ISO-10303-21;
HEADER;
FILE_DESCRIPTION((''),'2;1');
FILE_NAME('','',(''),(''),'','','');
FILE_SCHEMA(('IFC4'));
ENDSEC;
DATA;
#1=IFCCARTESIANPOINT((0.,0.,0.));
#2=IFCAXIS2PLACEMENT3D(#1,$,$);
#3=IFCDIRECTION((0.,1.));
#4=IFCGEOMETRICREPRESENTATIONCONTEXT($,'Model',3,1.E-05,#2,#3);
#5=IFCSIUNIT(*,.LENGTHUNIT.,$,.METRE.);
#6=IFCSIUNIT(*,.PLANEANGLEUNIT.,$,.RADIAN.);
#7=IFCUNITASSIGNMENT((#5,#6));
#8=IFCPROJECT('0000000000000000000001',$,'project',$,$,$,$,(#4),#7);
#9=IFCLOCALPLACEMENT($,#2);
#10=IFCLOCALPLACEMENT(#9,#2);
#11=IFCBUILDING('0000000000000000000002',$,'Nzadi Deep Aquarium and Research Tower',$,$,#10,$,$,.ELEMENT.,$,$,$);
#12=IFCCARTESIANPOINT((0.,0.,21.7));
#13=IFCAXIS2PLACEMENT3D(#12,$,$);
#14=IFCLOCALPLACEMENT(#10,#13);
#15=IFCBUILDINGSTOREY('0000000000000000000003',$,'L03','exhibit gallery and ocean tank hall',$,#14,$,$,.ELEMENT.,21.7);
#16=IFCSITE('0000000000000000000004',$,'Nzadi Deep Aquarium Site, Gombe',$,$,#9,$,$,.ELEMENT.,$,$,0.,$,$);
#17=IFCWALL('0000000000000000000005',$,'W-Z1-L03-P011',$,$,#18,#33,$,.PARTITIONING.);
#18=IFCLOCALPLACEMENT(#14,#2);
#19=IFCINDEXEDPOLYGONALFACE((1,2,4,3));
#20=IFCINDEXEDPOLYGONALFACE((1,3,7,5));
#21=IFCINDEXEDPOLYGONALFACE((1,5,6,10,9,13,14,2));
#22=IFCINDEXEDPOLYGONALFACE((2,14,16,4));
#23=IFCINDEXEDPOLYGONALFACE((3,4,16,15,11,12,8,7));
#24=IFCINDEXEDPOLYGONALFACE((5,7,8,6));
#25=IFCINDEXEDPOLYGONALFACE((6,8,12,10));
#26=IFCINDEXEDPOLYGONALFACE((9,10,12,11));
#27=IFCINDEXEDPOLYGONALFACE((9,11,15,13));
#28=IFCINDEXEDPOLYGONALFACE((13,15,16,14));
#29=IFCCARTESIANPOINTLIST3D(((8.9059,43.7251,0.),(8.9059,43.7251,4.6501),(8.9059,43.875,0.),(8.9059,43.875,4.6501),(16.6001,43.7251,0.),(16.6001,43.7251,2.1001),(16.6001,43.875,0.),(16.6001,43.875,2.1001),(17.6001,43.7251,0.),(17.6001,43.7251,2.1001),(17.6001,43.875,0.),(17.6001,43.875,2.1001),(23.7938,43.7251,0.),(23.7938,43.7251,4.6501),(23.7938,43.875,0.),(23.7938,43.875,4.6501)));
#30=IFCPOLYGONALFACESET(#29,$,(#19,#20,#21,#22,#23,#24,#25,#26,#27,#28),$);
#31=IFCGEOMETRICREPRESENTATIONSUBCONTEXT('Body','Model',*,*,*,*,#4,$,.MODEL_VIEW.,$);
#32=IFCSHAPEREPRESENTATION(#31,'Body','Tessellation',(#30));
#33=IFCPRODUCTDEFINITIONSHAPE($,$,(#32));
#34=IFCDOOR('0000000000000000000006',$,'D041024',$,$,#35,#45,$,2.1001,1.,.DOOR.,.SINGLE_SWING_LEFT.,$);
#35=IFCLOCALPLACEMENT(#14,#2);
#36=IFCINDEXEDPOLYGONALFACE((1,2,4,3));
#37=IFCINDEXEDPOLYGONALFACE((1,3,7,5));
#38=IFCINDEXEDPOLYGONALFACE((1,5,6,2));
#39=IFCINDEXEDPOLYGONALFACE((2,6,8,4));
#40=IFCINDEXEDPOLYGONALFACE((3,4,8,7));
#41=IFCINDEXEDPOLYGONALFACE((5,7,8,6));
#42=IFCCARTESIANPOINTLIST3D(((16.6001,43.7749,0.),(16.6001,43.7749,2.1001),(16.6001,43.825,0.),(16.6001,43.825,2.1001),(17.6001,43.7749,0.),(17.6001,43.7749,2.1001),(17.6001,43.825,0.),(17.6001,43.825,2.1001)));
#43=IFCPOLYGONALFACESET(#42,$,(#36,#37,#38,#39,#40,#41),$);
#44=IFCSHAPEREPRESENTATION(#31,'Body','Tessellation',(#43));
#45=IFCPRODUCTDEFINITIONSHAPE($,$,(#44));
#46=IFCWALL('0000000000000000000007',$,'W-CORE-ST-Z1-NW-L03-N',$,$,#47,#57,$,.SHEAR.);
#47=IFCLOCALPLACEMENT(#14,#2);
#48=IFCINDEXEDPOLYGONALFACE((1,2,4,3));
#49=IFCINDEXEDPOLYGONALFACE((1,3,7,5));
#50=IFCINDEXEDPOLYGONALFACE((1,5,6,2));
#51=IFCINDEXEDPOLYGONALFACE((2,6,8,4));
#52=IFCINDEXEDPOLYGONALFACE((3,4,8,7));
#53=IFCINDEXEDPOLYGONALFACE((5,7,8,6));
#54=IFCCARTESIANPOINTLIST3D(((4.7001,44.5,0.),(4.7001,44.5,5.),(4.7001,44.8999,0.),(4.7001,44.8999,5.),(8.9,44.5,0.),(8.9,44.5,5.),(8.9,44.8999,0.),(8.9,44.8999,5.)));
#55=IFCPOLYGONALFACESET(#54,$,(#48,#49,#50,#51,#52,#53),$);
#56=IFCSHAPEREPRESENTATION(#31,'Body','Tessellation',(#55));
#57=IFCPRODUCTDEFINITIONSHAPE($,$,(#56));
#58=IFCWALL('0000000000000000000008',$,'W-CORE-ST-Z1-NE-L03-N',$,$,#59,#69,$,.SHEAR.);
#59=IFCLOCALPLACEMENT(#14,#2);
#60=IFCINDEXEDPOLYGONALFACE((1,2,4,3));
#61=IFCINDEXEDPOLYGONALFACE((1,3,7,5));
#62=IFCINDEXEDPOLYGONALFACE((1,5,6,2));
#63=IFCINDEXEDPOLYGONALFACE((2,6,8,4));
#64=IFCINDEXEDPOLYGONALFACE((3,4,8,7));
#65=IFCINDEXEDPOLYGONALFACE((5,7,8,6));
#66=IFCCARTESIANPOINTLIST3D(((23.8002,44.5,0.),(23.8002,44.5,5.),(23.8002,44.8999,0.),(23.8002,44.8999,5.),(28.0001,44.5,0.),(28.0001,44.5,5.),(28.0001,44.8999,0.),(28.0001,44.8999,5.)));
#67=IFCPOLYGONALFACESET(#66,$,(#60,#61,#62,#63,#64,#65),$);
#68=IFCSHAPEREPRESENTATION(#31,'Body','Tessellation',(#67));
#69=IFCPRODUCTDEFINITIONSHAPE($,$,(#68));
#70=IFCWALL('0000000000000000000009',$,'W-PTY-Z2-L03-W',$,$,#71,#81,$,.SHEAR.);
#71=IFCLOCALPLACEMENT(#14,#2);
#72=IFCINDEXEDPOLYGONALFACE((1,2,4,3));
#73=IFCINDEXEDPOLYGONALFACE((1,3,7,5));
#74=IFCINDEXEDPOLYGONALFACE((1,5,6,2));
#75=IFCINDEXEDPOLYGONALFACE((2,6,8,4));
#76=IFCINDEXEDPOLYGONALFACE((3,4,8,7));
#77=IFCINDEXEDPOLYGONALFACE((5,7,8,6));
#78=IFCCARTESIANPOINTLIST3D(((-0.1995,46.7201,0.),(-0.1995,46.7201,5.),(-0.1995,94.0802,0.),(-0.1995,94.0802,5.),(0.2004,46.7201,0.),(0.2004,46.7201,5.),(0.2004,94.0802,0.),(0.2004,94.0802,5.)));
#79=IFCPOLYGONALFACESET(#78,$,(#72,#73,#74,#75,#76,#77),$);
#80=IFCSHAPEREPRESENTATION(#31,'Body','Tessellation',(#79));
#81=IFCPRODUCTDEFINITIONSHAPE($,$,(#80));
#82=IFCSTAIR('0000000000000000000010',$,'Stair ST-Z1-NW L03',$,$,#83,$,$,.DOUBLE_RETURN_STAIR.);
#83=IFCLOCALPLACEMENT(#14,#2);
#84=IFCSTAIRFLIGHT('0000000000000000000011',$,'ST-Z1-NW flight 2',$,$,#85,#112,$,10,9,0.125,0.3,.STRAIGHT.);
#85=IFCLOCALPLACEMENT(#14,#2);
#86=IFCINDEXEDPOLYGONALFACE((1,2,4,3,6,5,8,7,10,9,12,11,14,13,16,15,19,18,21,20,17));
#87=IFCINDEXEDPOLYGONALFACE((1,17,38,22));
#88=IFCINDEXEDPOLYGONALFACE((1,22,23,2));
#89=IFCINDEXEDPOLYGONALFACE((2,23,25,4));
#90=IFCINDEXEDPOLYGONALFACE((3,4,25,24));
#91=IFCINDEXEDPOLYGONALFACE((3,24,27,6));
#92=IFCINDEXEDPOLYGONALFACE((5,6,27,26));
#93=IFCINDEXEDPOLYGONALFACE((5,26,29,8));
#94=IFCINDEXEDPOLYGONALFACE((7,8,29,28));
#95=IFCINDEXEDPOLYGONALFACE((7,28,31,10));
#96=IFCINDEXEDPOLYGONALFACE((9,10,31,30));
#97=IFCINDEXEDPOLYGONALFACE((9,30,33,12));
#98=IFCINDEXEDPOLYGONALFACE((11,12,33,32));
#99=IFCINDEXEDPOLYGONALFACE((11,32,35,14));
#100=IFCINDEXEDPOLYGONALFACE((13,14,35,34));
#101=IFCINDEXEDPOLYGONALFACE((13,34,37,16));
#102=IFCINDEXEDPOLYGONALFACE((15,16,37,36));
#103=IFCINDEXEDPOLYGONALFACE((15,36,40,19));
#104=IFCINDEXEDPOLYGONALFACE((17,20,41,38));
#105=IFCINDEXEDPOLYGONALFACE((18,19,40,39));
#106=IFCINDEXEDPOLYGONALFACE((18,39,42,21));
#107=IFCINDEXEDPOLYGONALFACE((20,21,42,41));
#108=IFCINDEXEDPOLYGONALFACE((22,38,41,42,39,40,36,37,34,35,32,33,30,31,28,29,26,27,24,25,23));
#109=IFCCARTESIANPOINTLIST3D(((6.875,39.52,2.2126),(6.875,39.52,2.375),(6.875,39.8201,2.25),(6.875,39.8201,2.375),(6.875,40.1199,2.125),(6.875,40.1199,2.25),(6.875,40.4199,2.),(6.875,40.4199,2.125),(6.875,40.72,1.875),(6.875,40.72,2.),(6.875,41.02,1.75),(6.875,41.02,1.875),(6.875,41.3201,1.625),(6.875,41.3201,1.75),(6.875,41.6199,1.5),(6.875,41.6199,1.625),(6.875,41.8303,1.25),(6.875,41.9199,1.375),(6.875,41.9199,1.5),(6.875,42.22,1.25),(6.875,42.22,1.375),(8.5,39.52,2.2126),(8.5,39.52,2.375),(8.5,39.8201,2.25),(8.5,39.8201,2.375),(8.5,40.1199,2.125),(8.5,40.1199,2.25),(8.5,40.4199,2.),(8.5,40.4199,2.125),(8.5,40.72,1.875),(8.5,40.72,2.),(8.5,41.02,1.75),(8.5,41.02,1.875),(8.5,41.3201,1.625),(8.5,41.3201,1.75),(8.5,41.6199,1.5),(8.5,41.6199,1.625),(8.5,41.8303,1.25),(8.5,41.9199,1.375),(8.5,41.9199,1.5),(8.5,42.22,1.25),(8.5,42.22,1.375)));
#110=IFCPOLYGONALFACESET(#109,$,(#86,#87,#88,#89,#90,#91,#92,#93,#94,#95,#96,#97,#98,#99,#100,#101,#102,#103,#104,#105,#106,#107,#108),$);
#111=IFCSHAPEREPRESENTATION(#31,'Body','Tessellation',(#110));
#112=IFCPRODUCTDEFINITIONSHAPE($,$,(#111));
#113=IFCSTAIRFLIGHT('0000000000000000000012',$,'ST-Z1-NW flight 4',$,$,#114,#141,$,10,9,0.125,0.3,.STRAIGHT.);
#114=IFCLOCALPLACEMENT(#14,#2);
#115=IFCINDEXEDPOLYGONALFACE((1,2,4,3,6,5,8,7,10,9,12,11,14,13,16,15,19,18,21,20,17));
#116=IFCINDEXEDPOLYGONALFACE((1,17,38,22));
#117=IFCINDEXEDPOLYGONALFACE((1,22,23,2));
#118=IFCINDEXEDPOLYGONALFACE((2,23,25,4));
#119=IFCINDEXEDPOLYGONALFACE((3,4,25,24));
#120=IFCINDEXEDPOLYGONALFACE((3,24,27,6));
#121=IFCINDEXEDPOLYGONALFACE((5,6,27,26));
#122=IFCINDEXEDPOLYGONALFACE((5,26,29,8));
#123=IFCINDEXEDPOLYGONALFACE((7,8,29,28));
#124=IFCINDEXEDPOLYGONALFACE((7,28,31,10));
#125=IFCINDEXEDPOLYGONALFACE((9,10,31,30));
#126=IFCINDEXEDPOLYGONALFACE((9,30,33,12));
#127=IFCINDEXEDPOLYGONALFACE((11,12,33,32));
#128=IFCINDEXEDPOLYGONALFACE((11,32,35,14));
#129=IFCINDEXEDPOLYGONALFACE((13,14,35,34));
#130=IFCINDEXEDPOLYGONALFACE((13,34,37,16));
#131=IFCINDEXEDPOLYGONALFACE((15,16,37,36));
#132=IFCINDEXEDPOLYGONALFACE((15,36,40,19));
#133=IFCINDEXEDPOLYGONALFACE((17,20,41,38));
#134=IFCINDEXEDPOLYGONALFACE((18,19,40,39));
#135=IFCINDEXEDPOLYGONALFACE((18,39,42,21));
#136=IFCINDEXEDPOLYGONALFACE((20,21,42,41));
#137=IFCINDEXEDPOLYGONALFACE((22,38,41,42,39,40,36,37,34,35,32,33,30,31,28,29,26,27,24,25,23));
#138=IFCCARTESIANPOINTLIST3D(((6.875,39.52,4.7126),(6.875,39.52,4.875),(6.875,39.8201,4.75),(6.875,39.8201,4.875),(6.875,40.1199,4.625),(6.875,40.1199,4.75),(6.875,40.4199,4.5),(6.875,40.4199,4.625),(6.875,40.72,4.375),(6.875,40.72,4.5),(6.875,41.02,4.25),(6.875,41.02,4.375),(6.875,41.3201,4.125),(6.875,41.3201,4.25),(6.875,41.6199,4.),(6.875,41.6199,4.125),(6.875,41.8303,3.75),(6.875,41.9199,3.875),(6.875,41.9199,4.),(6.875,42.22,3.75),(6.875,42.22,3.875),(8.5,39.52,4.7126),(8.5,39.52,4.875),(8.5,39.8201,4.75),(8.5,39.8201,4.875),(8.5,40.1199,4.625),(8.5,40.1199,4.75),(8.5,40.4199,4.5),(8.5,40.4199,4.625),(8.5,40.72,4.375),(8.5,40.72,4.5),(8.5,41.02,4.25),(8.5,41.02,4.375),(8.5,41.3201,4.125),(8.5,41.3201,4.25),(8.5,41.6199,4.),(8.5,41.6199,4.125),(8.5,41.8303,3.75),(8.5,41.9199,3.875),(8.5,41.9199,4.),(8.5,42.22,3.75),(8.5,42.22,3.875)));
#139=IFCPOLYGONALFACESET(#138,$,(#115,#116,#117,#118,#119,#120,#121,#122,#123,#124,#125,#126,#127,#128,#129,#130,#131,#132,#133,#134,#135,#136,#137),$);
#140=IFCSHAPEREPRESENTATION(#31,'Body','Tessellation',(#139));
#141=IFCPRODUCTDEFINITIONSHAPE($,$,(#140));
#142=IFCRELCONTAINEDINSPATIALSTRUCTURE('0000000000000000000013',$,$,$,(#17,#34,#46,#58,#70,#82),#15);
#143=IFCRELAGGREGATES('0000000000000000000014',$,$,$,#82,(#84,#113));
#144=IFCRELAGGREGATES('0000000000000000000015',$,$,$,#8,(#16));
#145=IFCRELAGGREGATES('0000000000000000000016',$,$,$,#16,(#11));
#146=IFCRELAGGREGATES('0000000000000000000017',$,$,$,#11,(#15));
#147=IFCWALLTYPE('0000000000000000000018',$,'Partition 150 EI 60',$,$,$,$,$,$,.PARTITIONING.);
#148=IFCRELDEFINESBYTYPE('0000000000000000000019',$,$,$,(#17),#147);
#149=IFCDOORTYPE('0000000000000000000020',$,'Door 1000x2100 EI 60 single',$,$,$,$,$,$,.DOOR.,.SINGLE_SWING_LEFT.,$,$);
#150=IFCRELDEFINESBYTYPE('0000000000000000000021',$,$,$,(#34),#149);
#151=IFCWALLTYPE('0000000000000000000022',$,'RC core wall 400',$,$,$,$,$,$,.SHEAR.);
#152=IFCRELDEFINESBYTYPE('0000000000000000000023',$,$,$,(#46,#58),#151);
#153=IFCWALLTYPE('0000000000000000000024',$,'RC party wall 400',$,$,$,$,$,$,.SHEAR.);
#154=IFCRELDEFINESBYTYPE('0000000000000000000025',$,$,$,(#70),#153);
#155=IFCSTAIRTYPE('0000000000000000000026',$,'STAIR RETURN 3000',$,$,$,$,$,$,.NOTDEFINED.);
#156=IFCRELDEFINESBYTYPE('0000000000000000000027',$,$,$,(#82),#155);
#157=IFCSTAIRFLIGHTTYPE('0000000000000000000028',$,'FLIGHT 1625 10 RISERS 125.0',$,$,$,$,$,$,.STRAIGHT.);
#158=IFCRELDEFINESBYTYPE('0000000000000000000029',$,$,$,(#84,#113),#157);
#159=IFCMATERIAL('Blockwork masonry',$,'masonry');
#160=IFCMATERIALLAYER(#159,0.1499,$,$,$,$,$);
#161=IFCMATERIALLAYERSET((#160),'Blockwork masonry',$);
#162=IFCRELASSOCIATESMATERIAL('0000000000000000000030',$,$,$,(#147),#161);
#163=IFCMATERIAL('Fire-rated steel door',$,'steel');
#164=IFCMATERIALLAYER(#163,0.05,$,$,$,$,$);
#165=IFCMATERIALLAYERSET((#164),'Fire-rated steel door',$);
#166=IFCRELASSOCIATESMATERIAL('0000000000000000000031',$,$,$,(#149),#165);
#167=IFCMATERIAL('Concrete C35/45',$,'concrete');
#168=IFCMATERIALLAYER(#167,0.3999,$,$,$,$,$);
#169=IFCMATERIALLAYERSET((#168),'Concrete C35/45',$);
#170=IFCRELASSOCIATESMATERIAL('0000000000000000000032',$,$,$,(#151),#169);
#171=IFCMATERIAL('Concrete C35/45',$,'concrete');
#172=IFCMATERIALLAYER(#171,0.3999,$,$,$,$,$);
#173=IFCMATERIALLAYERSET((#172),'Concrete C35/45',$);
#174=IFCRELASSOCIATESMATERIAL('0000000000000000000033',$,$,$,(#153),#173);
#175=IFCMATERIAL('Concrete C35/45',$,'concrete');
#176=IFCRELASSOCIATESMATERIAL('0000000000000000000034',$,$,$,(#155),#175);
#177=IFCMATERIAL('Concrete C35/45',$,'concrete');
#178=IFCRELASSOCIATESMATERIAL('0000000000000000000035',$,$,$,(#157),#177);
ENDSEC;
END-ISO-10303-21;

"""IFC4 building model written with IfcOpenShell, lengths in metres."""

from ifc_helpers import new_model, si_unit, direction, frame, frame_2d, origin, place, context, subcontext, project, spatial, polyline, rectangle, outline, extrude, material, layer, layer_set, type_object, element, fill, aggregate, save


model = new_model("IFC4")

# Units and contexts
model_context = context("Model", 3, precision=1e-05, world=origin(), true_north=direction((0.0, 1.0)))
body_context = subcontext(model_context, "Body", "Model", "MODEL_VIEW")
ifc_project = project(units=[si_unit("LENGTHUNIT", "METRE"), si_unit("PLANEANGLEUNIT", "RADIAN")], contexts=[model_context])

# Site, building, storey
site_placement = place(None, origin())
site = spatial("IfcSite", under=ifc_project, at=site_placement, Name="Nzadi Deep Aquarium Site, Gombe", CompositionType="ELEMENT", RefElevation=0.0)
building_placement = place(site_placement, origin())
building = spatial("IfcBuilding", under=site, at=building_placement, Name="Nzadi Deep Aquarium and Research Tower", CompositionType="ELEMENT")
storey_placement = place(building_placement, frame((0.0, 0.0, 21.7)))
storey = spatial("IfcBuildingStorey", under=building, at=storey_placement, Name="L03", Description="exhibit gallery and ocean tank hall", CompositionType="ELEMENT", Elevation=21.7)

# Wall, opening, door
ifc_material_1 = material(Name="Blockwork masonry", Category="masonry")
ifc_layer_1 = layer(ifc_material_1, 0.1499)
ifc_layer_set_1 = layer_set([ifc_layer_1], Name="Blockwork masonry")
wall_type_1 = type_object("IfcWallType", Name="Partition 150 EI 60", PredefinedType="PARTITIONING", material=ifc_layer_set_1)
wall_1_placement = place(storey_placement, frame((8.906, 43.8, 0.0), z_axis=(0.0, 0.0, 1.0), x_axis=(1.0, 0.0, 0.0)))
wall_1 = element("IfcWall", 1, at=wall_1_placement, inside=storey, type_object=wall_type_1, Name="W-Z1-L03-P011", PredefinedType="PARTITIONING", context=body_context, shape_type="SweptSolid", body=[
    extrude(rectangle(XDim=14.8879, YDim=0.1499, at=frame_2d((7.4438, 0.0))), origin(), (0.0, 0.0, 1.0), 4.6501),
])
opening_placement = place(wall_1_placement, frame((7.6941, 0.0, 0.0)))
opening = element("IfcOpeningElement", 2, at=opening_placement, cuts=wall_1, PredefinedType="OPENING", context=body_context, shape_type="SweptSolid", body=[
    extrude(rectangle(XDim=1.0, YDim=2.1001, at=frame_2d((0.5, 1.05))), frame((0.0, 0.085, 0.0), z_axis=(0.0, -1.0, 0.0), x_axis=(1.0, 0.0, 0.0)), (0.0, 0.0, 1.0), 0.1699),
])
ifc_material_2 = material(Name="Fire-rated steel door", Category="steel")
ifc_layer_2 = layer(ifc_material_2, 0.05)
ifc_layer_set_2 = layer_set([ifc_layer_2], Name="Fire-rated steel door")
door_type = type_object("IfcDoorType", Name="Door 1000x2100 EI 60 single", OperationType="SINGLE_SWING_LEFT", PredefinedType="DOOR", material=ifc_layer_set_2)
door_placement = place(opening_placement, origin())
door = element("IfcDoor", 3, at=door_placement, inside=storey, type_object=door_type, Name="D041024", OperationType="SINGLE_SWING_LEFT", OverallHeight=2.1001, OverallWidth=1.0, PredefinedType="DOOR", context=body_context, shape_type="SweptSolid", body=[
    extrude(rectangle(XDim=1.0, YDim=2.1001, at=frame_2d((0.5, 1.05))), frame((0.0, 0.0249, 0.0), z_axis=(0.0, -1.0, 0.0), x_axis=(1.0, 0.0, 0.0)), (0.0, 0.0, 1.0), 0.05),
])
fill(opening, door)

# Walls
ifc_material_3 = material(Name="Concrete C35/45", Category="concrete")
ifc_layer_3 = layer(ifc_material_3, 0.3999)
ifc_layer_set_3 = layer_set([ifc_layer_3], Name="Concrete C35/45")
wall_type_2 = type_object("IfcWallType", Name="RC core wall 400", PredefinedType="SHEAR", material=ifc_layer_set_3)
for number, where, z_axis, x_axis, name in (
    (4, (4.7, 44.7, 0.0), (0.0, 0.0, 1.0), (1.0, 0.0, 0.0), "W-CORE-ST-Z1-NW-L03-N"),
    (5, (23.8, 44.7, 0.0), (0.0, 0.0, 1.0), (1.0, 0.0, 0.0), "W-CORE-ST-Z1-NE-L03-N"),
):
    element("IfcWall", number, at=place(storey_placement, frame(where, z_axis=z_axis, x_axis=x_axis)), inside=storey, type_object=wall_type_2, Name=name, PredefinedType="SHEAR", context=body_context, shape_type="SweptSolid", body=[
        extrude(rectangle(XDim=4.2, YDim=0.3999, at=frame_2d((2.1001, 0.0))), origin(), (0.0, 0.0, 1.0), 5.0),
    ])
ifc_material_4 = material(Name="Concrete C35/45", Category="concrete")
ifc_layer_4 = layer(ifc_material_4, 0.3999)
ifc_layer_set_4 = layer_set([ifc_layer_4], Name="Concrete C35/45")
wall_type_3 = type_object("IfcWallType", Name="RC party wall 400", PredefinedType="SHEAR", material=ifc_layer_set_4)
wall_2_placement = place(storey_placement, frame((0.0005, 46.72, 0.0), z_axis=(0.0, 0.0, 1.0), x_axis=(0.0, 1.0, 0.0)))
element("IfcWall", 6, at=wall_2_placement, inside=storey, type_object=wall_type_3, Name="W-PTY-Z2-L03-W", PredefinedType="SHEAR", context=body_context, shape_type="SweptSolid", body=[
    extrude(rectangle(XDim=47.3601, YDim=0.3999, at=frame_2d((23.6802, 0.0))), origin(), (0.0, 0.0, 1.0), 5.0),
])

# Stair, stair flights
ifc_material_5 = material(Name="Concrete C35/45", Category="concrete")
stair_type = type_object("IfcStairType", Name="STAIR RETURN 3000", PredefinedType="NOTDEFINED", material=ifc_material_5)
stair_placement = place(storey_placement, origin())
stair = element("IfcStair", 7, at=stair_placement, inside=storey, type_object=stair_type, Name="Stair ST-Z1-NW L03", PredefinedType="DOUBLE_RETURN_STAIR")
ifc_material_6 = material(Name="Concrete C35/45", Category="concrete")
stair_flight_type = type_object("IfcStairFlightType", Name="FLIGHT 1625 10 RISERS 125.0", PredefinedType="STRAIGHT", material=ifc_material_6)
stair_flight_1_placement = place(storey_placement, frame((7.6875, 42.22, 1.25), z_axis=(0.0, 0.0, 1.0), x_axis=(0.0, -1.0, 0.0)))
stair_flight_1 = element("IfcStairFlight", 8, at=stair_flight_1_placement, type_object=stair_flight_type, Name="ST-Z1-NW flight 2", NumberOfRisers=10, NumberOfTreads=9, PredefinedType="STRAIGHT", RiserHeight=0.125, TreadLength=0.3, context=body_context, shape_type="SweptSolid", body=[
    extrude(outline(polyline([(0.0, 0.0), (0.0, 0.125), (0.3, 0.125), (0.3, 0.25), (0.6001, 0.25), (0.6001, 0.375), (0.8999, 0.375), (0.8999, 0.5), (1.2, 0.5), (1.2, 0.625), (1.5, 0.625), (1.5, 0.75), (1.8, 0.75), (1.8, 0.875), (2.1001, 0.875), (2.1001, 1.0), (2.3999, 1.0), (2.3999, 1.125), (2.7, 1.125), (2.7, 1.25), (2.7, 0.9626), (0.3896, 0.0), (0.0, 0.0)])), frame((0.0, 0.8125, 0.0), z_axis=(0.0, -1.0, 0.0), x_axis=(1.0, 0.0, 0.0)), (0.0, 0.0, 1.0), 1.625),
])
stair_flight_2_placement = place(storey_placement, frame((7.6875, 42.22, 3.75), z_axis=(0.0, 0.0, 1.0), x_axis=(0.0, -1.0, 0.0)))
stair_flight_2 = element("IfcStairFlight", 9, at=stair_flight_2_placement, type_object=stair_flight_type, Name="ST-Z1-NW flight 4", NumberOfRisers=10, NumberOfTreads=9, PredefinedType="STRAIGHT", RiserHeight=0.125, TreadLength=0.3, context=body_context, shape_type="SweptSolid", body=[
    extrude(outline(polyline([(0.0, 0.0), (0.0, 0.125), (0.3, 0.125), (0.3, 0.25), (0.6001, 0.25), (0.6001, 0.375), (0.8999, 0.375), (0.8999, 0.5), (1.2, 0.5), (1.2, 0.625), (1.5, 0.625), (1.5, 0.75), (1.8, 0.75), (1.8, 0.875), (2.1001, 0.875), (2.1001, 1.0), (2.3999, 1.0), (2.3999, 1.125), (2.7, 1.125), (2.7, 1.25), (2.7, 0.9626), (0.3896, 0.0), (0.0, 0.0)])), frame((0.0, 0.8125, 0.0), z_axis=(0.0, -1.0, 0.0), x_axis=(1.0, 0.0, 0.0)), (0.0, 0.0, 1.0), 1.625),
])
aggregate(stair, [stair_flight_1, stair_flight_2])

save(model, "model.ifc")
